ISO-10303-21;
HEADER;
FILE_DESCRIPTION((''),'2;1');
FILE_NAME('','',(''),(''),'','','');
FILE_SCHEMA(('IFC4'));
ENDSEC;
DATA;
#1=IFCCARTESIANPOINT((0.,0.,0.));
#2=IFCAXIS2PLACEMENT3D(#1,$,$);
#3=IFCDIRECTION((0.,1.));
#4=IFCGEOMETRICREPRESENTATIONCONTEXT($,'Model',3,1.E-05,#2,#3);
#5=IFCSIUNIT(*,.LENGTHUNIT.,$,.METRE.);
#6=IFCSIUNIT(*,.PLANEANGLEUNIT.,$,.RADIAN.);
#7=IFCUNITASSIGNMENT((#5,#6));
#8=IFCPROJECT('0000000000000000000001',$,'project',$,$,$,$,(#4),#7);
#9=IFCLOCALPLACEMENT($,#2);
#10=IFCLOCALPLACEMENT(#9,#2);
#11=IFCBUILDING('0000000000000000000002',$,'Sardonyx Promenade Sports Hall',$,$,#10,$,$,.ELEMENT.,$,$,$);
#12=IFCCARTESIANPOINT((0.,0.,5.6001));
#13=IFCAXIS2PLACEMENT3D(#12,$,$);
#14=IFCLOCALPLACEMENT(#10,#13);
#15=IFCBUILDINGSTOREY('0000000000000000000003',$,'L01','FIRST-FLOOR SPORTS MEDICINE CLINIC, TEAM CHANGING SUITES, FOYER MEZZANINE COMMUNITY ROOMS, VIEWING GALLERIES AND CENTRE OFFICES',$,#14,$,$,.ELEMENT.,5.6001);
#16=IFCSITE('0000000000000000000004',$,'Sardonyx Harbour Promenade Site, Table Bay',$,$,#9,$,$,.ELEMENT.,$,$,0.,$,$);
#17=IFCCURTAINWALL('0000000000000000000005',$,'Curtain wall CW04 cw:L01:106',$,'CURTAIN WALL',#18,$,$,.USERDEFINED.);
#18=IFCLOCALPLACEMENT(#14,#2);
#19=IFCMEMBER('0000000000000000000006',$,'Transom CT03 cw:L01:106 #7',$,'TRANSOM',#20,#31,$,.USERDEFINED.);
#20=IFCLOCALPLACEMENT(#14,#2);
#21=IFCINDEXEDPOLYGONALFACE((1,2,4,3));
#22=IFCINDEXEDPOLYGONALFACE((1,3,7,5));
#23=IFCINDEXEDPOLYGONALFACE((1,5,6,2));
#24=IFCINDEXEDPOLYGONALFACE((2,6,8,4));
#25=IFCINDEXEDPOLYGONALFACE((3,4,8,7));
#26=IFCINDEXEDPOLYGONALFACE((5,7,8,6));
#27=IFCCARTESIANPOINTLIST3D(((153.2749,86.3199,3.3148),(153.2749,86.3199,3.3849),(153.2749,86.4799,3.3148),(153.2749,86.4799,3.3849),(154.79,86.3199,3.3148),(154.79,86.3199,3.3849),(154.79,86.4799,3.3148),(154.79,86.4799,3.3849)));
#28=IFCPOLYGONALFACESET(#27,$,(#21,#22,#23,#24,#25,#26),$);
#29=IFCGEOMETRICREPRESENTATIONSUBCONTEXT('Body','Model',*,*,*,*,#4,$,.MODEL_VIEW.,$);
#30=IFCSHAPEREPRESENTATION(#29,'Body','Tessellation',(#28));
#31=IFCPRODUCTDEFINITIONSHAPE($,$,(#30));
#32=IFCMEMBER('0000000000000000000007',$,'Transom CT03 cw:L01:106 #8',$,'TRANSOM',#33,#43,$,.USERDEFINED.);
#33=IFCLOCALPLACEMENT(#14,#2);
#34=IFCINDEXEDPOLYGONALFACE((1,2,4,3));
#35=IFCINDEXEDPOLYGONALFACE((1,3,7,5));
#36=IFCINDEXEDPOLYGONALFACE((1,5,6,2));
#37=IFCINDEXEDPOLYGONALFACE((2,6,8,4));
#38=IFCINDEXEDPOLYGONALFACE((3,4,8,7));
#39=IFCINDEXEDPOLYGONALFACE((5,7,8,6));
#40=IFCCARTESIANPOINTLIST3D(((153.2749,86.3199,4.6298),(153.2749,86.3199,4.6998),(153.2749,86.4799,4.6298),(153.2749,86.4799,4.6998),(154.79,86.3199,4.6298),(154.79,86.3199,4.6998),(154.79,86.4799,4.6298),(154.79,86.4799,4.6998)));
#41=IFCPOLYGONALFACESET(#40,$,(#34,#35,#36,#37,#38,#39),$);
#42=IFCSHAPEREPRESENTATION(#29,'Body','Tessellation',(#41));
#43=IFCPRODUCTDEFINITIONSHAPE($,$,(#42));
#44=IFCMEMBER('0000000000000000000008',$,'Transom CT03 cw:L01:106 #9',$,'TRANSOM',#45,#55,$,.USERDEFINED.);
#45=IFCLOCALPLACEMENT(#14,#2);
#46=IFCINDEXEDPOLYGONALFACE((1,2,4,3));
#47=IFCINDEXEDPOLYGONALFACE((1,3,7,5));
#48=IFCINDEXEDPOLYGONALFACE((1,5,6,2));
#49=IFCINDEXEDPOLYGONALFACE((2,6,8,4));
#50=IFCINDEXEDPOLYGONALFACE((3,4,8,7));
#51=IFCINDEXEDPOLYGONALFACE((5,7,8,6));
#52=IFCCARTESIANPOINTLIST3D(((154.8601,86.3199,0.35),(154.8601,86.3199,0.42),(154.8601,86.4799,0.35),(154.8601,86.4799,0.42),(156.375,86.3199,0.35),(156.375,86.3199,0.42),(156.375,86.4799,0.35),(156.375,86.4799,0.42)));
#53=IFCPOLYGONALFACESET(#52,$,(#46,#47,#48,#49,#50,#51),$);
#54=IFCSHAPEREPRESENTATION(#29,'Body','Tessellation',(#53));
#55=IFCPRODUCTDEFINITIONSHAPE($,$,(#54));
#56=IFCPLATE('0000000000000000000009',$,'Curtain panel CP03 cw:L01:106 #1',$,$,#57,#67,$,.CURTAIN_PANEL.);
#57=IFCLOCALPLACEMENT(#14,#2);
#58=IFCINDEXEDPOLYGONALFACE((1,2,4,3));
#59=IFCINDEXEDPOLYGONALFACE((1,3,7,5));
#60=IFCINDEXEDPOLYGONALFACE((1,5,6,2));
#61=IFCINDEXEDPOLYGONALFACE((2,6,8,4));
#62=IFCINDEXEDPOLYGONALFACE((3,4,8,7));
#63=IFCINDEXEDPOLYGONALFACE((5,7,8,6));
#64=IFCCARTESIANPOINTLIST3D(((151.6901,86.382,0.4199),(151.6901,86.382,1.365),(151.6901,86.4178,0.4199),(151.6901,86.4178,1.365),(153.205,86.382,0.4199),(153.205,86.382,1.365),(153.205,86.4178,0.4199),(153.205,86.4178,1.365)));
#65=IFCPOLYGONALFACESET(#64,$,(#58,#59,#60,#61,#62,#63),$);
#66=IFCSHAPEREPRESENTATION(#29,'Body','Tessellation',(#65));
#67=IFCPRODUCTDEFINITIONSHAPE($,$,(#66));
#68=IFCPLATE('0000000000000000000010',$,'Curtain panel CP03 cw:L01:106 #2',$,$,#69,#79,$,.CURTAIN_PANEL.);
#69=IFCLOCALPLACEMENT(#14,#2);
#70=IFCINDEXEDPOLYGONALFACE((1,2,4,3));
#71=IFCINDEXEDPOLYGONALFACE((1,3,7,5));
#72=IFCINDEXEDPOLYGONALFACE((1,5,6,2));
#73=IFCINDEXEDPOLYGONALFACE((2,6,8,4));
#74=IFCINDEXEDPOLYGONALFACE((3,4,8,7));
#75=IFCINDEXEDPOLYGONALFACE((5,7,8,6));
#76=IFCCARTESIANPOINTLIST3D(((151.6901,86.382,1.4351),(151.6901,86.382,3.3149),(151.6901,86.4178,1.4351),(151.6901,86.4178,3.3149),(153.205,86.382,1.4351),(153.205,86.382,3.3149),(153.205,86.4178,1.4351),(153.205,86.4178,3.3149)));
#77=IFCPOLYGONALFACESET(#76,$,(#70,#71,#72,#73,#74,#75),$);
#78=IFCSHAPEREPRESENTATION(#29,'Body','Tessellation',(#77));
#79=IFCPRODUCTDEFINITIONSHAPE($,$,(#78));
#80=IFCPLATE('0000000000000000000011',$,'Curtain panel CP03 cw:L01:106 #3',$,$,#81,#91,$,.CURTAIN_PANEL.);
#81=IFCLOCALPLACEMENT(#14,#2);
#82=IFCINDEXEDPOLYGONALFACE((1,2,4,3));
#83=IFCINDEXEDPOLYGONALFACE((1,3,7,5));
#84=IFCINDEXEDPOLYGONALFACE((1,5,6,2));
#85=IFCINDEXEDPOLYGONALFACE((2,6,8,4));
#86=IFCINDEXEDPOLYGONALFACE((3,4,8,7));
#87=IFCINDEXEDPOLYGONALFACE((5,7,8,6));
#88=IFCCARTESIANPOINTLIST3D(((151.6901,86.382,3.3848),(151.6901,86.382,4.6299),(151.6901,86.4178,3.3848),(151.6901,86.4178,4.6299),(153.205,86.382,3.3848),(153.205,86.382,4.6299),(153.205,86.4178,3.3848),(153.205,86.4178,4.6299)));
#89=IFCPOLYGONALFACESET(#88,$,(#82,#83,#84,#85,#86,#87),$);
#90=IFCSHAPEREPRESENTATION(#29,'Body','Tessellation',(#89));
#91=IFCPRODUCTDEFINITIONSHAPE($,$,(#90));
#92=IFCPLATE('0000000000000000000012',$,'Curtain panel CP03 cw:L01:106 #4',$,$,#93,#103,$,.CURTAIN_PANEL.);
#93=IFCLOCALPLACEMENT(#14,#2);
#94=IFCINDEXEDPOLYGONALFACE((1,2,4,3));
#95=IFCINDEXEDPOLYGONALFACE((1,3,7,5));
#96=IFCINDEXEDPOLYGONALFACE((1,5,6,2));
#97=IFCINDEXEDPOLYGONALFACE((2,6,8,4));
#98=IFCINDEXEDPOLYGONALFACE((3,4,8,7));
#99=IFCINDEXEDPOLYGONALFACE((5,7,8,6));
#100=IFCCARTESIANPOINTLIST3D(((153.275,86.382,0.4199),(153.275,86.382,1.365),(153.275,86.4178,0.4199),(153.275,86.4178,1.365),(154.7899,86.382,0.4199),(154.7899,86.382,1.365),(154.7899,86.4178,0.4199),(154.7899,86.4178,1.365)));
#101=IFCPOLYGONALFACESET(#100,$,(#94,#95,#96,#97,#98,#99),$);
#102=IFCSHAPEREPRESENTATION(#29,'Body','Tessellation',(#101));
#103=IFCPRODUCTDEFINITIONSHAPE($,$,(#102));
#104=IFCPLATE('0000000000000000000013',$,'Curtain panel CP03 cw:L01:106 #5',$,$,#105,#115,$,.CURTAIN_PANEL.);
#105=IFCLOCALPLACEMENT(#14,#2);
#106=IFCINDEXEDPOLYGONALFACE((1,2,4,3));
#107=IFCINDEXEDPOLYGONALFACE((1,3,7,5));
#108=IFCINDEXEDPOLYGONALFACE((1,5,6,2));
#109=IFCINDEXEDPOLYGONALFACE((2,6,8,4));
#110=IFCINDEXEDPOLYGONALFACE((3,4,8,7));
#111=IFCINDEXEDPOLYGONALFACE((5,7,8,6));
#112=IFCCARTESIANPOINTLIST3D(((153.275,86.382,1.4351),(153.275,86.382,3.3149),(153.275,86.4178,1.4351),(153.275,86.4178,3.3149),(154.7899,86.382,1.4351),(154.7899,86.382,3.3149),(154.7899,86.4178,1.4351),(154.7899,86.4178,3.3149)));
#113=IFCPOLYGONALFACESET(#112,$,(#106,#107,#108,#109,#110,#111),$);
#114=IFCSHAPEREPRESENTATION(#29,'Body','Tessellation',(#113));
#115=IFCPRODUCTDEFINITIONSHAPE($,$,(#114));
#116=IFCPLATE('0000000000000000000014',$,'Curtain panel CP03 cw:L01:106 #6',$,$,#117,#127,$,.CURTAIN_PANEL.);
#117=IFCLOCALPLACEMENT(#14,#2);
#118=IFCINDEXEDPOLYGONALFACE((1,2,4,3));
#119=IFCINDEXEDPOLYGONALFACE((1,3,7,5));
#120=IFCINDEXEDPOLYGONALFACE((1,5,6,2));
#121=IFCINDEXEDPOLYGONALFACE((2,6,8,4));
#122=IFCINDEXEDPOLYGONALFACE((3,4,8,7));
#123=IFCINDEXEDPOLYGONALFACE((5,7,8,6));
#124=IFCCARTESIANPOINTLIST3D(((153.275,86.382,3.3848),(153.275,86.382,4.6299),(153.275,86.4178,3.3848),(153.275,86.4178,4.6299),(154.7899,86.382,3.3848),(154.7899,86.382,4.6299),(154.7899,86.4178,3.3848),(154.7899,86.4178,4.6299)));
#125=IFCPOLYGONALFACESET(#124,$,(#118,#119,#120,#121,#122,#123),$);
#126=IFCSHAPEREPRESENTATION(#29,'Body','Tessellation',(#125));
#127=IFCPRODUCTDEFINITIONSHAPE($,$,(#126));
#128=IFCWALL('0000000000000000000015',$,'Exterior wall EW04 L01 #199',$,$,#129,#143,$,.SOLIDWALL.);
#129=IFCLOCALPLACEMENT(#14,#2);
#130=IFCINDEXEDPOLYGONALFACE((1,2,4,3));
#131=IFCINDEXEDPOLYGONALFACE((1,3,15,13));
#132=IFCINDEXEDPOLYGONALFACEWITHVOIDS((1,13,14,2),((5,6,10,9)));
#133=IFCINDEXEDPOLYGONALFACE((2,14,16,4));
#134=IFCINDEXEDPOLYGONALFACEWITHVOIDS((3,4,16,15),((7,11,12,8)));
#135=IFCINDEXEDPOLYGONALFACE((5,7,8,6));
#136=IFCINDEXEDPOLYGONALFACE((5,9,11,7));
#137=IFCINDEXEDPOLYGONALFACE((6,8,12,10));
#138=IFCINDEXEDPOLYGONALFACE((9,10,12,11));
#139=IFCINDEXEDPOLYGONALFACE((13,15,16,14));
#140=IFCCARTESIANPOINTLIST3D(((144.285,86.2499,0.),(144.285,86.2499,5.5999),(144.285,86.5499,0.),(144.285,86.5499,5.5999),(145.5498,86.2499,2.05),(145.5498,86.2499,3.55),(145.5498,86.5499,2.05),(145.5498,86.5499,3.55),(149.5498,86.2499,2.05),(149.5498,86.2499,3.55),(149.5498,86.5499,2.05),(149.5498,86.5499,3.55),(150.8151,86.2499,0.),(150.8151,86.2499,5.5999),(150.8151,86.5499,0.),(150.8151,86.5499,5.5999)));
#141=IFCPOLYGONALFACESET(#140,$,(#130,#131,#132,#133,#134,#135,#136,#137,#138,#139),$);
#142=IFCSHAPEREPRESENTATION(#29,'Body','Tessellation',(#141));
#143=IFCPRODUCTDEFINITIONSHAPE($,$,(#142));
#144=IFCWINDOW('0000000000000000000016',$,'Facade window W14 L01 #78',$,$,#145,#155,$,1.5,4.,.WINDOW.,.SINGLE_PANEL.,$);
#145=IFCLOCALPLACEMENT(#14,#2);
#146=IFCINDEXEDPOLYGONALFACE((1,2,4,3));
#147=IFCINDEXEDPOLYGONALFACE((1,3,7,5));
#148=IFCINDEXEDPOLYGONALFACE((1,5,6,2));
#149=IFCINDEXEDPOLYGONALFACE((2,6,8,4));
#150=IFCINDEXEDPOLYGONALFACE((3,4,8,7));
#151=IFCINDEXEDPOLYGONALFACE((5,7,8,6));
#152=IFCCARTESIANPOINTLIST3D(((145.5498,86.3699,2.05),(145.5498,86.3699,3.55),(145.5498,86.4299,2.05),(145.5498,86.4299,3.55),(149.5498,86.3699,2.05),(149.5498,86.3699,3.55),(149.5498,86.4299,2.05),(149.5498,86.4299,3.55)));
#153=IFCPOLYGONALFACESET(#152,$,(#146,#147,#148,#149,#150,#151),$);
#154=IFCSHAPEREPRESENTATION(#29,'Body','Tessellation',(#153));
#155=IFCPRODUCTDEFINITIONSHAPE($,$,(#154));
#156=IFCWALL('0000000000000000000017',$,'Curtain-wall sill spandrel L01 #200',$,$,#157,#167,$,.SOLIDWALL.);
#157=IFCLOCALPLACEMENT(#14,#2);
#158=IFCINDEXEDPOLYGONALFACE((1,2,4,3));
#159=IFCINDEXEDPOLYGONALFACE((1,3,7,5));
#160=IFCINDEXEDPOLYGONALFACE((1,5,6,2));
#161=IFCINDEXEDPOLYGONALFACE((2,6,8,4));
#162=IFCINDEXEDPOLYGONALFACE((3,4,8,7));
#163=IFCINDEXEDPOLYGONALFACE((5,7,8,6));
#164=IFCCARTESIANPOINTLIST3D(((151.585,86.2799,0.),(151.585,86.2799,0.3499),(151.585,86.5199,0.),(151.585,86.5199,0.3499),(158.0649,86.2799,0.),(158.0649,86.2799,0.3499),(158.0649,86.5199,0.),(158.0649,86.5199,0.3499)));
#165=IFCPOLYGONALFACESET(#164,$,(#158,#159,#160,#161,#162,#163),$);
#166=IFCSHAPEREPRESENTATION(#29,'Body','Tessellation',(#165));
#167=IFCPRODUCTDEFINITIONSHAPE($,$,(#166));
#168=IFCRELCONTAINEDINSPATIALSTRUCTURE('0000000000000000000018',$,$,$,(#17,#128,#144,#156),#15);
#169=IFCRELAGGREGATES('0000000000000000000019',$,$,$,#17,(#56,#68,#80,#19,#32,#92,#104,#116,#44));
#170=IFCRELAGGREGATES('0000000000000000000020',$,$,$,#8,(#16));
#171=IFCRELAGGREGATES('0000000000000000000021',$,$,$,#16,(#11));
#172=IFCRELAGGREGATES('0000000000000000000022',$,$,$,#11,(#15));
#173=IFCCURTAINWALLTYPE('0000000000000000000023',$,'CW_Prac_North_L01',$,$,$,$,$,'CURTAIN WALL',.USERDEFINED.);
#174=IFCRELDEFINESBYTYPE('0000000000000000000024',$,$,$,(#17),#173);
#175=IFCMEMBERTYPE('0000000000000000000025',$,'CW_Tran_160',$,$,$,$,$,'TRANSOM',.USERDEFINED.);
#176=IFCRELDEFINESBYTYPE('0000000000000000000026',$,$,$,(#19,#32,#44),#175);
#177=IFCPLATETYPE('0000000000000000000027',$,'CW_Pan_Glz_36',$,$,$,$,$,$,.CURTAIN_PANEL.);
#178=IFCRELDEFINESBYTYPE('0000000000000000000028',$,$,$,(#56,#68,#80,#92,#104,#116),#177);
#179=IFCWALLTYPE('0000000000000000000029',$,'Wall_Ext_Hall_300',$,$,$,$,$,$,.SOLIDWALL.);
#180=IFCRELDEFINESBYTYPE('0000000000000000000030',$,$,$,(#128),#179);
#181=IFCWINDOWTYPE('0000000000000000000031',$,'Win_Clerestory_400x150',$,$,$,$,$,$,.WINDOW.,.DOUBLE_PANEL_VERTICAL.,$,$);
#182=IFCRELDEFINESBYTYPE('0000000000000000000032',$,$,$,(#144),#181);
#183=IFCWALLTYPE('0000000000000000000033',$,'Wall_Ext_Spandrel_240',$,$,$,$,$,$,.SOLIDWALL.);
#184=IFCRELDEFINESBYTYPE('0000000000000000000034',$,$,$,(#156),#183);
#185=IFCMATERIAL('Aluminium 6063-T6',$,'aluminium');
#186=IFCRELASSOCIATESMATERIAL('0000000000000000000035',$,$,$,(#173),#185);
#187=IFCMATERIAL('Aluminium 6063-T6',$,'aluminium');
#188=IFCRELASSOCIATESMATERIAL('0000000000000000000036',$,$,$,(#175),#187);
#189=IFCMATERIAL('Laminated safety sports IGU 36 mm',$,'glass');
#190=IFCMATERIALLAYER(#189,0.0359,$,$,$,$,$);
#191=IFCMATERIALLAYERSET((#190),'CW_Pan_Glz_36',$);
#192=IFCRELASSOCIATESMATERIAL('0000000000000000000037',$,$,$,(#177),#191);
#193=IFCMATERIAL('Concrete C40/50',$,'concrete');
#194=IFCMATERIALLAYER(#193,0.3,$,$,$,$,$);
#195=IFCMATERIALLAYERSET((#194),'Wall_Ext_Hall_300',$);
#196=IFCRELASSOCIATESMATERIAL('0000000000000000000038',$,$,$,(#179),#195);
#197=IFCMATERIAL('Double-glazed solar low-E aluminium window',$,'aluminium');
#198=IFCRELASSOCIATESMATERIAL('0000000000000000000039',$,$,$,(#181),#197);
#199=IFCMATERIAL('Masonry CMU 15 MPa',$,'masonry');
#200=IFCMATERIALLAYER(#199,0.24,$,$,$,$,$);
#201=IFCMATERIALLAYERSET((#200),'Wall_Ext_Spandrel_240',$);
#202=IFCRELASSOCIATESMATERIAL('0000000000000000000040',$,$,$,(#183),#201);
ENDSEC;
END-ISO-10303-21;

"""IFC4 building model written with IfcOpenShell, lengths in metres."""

from ifc_helpers import new_model, si_unit, direction, frame, frame_2d, origin, origin_2d, place, context, subcontext, project, spatial, rectangle, extrude, material, layer, layer_set, material_profile, profile_set, type_object, element, fill, aggregate, save


model = new_model("IFC4")

# Units and contexts
model_context = context("Model", 3, precision=1e-05, world=origin(), true_north=direction((0.0, 1.0)))
body_context = subcontext(model_context, "Body", "Model", "MODEL_VIEW")
ifc_project = project(units=[si_unit("LENGTHUNIT", "METRE"), si_unit("PLANEANGLEUNIT", "RADIAN")], contexts=[model_context])

# Site, building, storey
site_placement = place(None, origin())
site = spatial("IfcSite", under=ifc_project, at=site_placement, Name="Sardonyx Harbour Promenade Site, Table Bay", CompositionType="ELEMENT", RefElevation=0.0)
building_placement = place(site_placement, origin())
building = spatial("IfcBuilding", under=site, at=building_placement, Name="Sardonyx Promenade Sports Hall", CompositionType="ELEMENT")
storey_placement = place(building_placement, frame((0.0, 0.0, 5.6001)))
storey = spatial("IfcBuildingStorey", under=building, at=storey_placement, Name="L01", Description="FIRST-FLOOR SPORTS MEDICINE CLINIC, TEAM CHANGING SUITES, FOYER MEZZANINE COMMUNITY ROOMS, VIEWING GALLERIES AND CENTRE OFFICES", CompositionType="ELEMENT", Elevation=5.6001)

# Curtain wall, members, plates
ifc_material_1 = material(Name="Aluminium 6063-T6", Category="aluminium")
curtain_wall_type = type_object("IfcCurtainWallType", Name="CW_Prac_North_L01", ElementType="CURTAIN WALL", PredefinedType="USERDEFINED", material=ifc_material_1)
curtain_wall_placement = place(storey_placement, origin())
curtain_wall = element("IfcCurtainWall", 1, at=curtain_wall_placement, inside=storey, type_object=curtain_wall_type, Name="Curtain wall CW04 cw:L01:106", ObjectType="CURTAIN WALL", PredefinedType="USERDEFINED")
ifc_material_2 = material(Name="Aluminium 6063-T6", Category="aluminium")
ifc_material_profile_1 = material_profile(ifc_material_2, rectangle(XDim=0.0701, YDim=0.1599, at=origin_2d()))
ifc_profile_set_1 = profile_set([ifc_material_profile_1], Name="Aluminium 6063-T6")
member_type_1 = type_object("IfcMemberType", Name="CW_Tran_160", ElementType="TRANSOM", PredefinedType="USERDEFINED", material=ifc_profile_set_1)
member_1_placement = place(storey_placement, frame((153.2749, 86.3999, 3.3499), z_axis=(1.0, 0.0, 0.0), x_axis=(0.0, 0.0, 1.0)))
member_1 = element("IfcMember", 2, at=member_1_placement, type_object=member_type_1, Name="Transom CT03 cw:L01:106 #7", ObjectType="TRANSOM", PredefinedType="USERDEFINED", context=body_context, shape_type="SweptSolid", body=[
    extrude(rectangle(XDim=0.0701, YDim=0.1599, at=origin_2d()), origin(), (0.0, 0.0, 1.0), 1.5151),
])
member_2_placement = place(storey_placement, frame((153.2749, 86.3999, 4.6648), z_axis=(1.0, 0.0, 0.0), x_axis=(0.0, 0.0, 1.0)))
member_2 = element("IfcMember", 3, at=member_2_placement, type_object=member_type_1, Name="Transom CT03 cw:L01:106 #8", ObjectType="TRANSOM", PredefinedType="USERDEFINED", context=body_context, shape_type="SweptSolid", body=[
    extrude(rectangle(XDim=0.0701, YDim=0.1599, at=origin_2d()), origin(), (0.0, 0.0, 1.0), 1.5151),
])
member_3_placement = place(storey_placement, frame((154.8601, 86.3999, 0.385), z_axis=(1.0, 0.0, 0.0), x_axis=(0.0, 0.0, 1.0)))
member_3 = element("IfcMember", 4, at=member_3_placement, type_object=member_type_1, Name="Transom CT03 cw:L01:106 #9", ObjectType="TRANSOM", PredefinedType="USERDEFINED", context=body_context, shape_type="SweptSolid", body=[
    extrude(rectangle(XDim=0.0701, YDim=0.1599, at=origin_2d()), origin(), (0.0, 0.0, 1.0), 1.5149),
])
ifc_material_3 = material(Name="Laminated safety sports IGU 36 mm", Category="glass")
ifc_layer_1 = layer(ifc_material_3, 0.0359)
ifc_layer_set_1 = layer_set([ifc_layer_1], Name="CW_Pan_Glz_36")
plate_type = type_object("IfcPlateType", Name="CW_Pan_Glz_36", PredefinedType="CURTAIN_PANEL", material=ifc_layer_set_1)
plate_1_placement = place(storey_placement, frame((152.4475, 86.3999, 0.4199), z_axis=(0.0, 0.0, 1.0), x_axis=(1.0, 0.0, 0.0)))
plate_1 = element("IfcPlate", 5, at=plate_1_placement, type_object=plate_type, Name="Curtain panel CP03 cw:L01:106 #1", PredefinedType="CURTAIN_PANEL", context=body_context, shape_type="SweptSolid", body=[
    extrude(rectangle(XDim=1.5149, YDim=0.0359, at=origin_2d()), origin(), (0.0, 0.0, 1.0), 0.9451),
])
plate_2_placement = place(storey_placement, frame((152.4475, 86.3999, 1.4351), z_axis=(0.0, 0.0, 1.0), x_axis=(1.0, 0.0, 0.0)))
plate_2 = element("IfcPlate", 6, at=plate_2_placement, type_object=plate_type, Name="Curtain panel CP03 cw:L01:106 #2", PredefinedType="CURTAIN_PANEL", context=body_context, shape_type="SweptSolid", body=[
    extrude(rectangle(XDim=1.5149, YDim=0.0359, at=origin_2d()), origin(), (0.0, 0.0, 1.0), 1.8799),
])
plate_3_placement = place(storey_placement, frame((152.4475, 86.3999, 3.3848), z_axis=(0.0, 0.0, 1.0), x_axis=(1.0, 0.0, 0.0)))
plate_3 = element("IfcPlate", 7, at=plate_3_placement, type_object=plate_type, Name="Curtain panel CP03 cw:L01:106 #3", PredefinedType="CURTAIN_PANEL", context=body_context, shape_type="SweptSolid", body=[
    extrude(rectangle(XDim=1.5149, YDim=0.0359, at=origin_2d()), origin(), (0.0, 0.0, 1.0), 1.2451),
])
plate_4_placement = place(storey_placement, frame((154.0325, 86.3999, 0.4199), z_axis=(0.0, 0.0, 1.0), x_axis=(1.0, 0.0, 0.0)))
plate_4 = element("IfcPlate", 8, at=plate_4_placement, type_object=plate_type, Name="Curtain panel CP03 cw:L01:106 #4", PredefinedType="CURTAIN_PANEL", context=body_context, shape_type="SweptSolid", body=[
    extrude(rectangle(XDim=1.5149, YDim=0.0359, at=origin_2d()), origin(), (0.0, 0.0, 1.0), 0.9451),
])
plate_5_placement = place(storey_placement, frame((154.0325, 86.3999, 1.4351), z_axis=(0.0, 0.0, 1.0), x_axis=(1.0, 0.0, 0.0)))
plate_5 = element("IfcPlate", 9, at=plate_5_placement, type_object=plate_type, Name="Curtain panel CP03 cw:L01:106 #5", PredefinedType="CURTAIN_PANEL", context=body_context, shape_type="SweptSolid", body=[
    extrude(rectangle(XDim=1.5149, YDim=0.0359, at=origin_2d()), origin(), (0.0, 0.0, 1.0), 1.8799),
])
plate_6_placement = place(storey_placement, frame((154.0325, 86.3999, 3.3848), z_axis=(0.0, 0.0, 1.0), x_axis=(1.0, 0.0, 0.0)))
plate_6 = element("IfcPlate", 10, at=plate_6_placement, type_object=plate_type, Name="Curtain panel CP03 cw:L01:106 #6", PredefinedType="CURTAIN_PANEL", context=body_context, shape_type="SweptSolid", body=[
    extrude(rectangle(XDim=1.5149, YDim=0.0359, at=origin_2d()), origin(), (0.0, 0.0, 1.0), 1.2451),
])
aggregate(curtain_wall, [plate_1, plate_2, plate_3, member_1, member_2, plate_4, plate_5, plate_6, member_3])

# Wall, opening, window
ifc_material_4 = material(Name="Concrete C40/50", Category="concrete")
ifc_layer_2 = layer(ifc_material_4, 0.3)
ifc_layer_set_2 = layer_set([ifc_layer_2], Name="Wall_Ext_Hall_300")
wall_type_1 = type_object("IfcWallType", Name="Wall_Ext_Hall_300", PredefinedType="SOLIDWALL", material=ifc_layer_set_2)
wall_1_placement = place(storey_placement, frame((144.2849, 86.3999, 0.0), z_axis=(0.0, 0.0, 1.0), x_axis=(1.0, 0.0, 0.0)))
wall_1 = element("IfcWall", 11, at=wall_1_placement, inside=storey, type_object=wall_type_1, Name="Exterior wall EW04 L01 #199", PredefinedType="SOLIDWALL", context=body_context, shape_type="SweptSolid", body=[
    extrude(rectangle(XDim=6.53, YDim=0.3, at=frame_2d((3.2651, 0.0))), origin(), (0.0, 0.0, 1.0), 5.5999),
])
opening_1_placement = place(wall_1_placement, frame((1.2649, 0.0, 2.05)))
opening_1 = element("IfcOpeningElement", 12, at=opening_1_placement, cuts=wall_1, PredefinedType="OPENING", context=body_context, shape_type="SweptSolid", body=[
    extrude(rectangle(XDim=4.0, YDim=1.5, at=frame_2d((2.0, 0.75))), frame((0.0, 0.16, 0.0), z_axis=(0.0, -1.0, 0.0), x_axis=(1.0, 0.0, 0.0)), (0.0, 0.0, 1.0), 0.32),
])
ifc_material_5 = material(Name="Double-glazed solar low-E aluminium window", Category="aluminium")
window_type_1 = type_object("IfcWindowType", Name="Win_Clerestory_400x150", PartitioningType="DOUBLE_PANEL_VERTICAL", PredefinedType="WINDOW", material=ifc_material_5)
window_1_placement = place(opening_1_placement, origin())
window_1 = element("IfcWindow", 13, at=window_1_placement, inside=storey, type_object=window_type_1, Name="Facade window W14 L01 #78", OverallHeight=1.5, OverallWidth=4.0, PartitioningType="SINGLE_PANEL", PredefinedType="WINDOW", context=body_context, shape_type="SweptSolid", body=[
    extrude(rectangle(XDim=4.0, YDim=1.5, at=frame_2d((2.0, 0.75))), frame((0.0, 0.03, 0.0), z_axis=(0.0, -1.0, 0.0), x_axis=(1.0, 0.0, 0.0)), (0.0, 0.0, 1.0), 0.0601),
])
fill(opening_1, window_1)

# Wall
ifc_material_6 = material(Name="Masonry CMU 15 MPa", Category="masonry")
ifc_layer_3 = layer(ifc_material_6, 0.24)
ifc_layer_set_3 = layer_set([ifc_layer_3], Name="Wall_Ext_Spandrel_240")
wall_type_2 = type_object("IfcWallType", Name="Wall_Ext_Spandrel_240", PredefinedType="SOLIDWALL", material=ifc_layer_set_3)
wall_2_placement = place(storey_placement, frame((151.585, 86.3999, 0.0), z_axis=(0.0, 0.0, 1.0), x_axis=(1.0, 0.0, 0.0)))
element("IfcWall", 14, at=wall_2_placement, inside=storey, type_object=wall_type_2, Name="Curtain-wall sill spandrel L01 #200", PredefinedType="SOLIDWALL", context=body_context, shape_type="SweptSolid", body=[
    extrude(rectangle(XDim=6.48, YDim=0.24, at=frame_2d((3.24, 0.0))), origin(), (0.0, 0.0, 1.0), 0.3499),
])

save(model, "model.ifc")
